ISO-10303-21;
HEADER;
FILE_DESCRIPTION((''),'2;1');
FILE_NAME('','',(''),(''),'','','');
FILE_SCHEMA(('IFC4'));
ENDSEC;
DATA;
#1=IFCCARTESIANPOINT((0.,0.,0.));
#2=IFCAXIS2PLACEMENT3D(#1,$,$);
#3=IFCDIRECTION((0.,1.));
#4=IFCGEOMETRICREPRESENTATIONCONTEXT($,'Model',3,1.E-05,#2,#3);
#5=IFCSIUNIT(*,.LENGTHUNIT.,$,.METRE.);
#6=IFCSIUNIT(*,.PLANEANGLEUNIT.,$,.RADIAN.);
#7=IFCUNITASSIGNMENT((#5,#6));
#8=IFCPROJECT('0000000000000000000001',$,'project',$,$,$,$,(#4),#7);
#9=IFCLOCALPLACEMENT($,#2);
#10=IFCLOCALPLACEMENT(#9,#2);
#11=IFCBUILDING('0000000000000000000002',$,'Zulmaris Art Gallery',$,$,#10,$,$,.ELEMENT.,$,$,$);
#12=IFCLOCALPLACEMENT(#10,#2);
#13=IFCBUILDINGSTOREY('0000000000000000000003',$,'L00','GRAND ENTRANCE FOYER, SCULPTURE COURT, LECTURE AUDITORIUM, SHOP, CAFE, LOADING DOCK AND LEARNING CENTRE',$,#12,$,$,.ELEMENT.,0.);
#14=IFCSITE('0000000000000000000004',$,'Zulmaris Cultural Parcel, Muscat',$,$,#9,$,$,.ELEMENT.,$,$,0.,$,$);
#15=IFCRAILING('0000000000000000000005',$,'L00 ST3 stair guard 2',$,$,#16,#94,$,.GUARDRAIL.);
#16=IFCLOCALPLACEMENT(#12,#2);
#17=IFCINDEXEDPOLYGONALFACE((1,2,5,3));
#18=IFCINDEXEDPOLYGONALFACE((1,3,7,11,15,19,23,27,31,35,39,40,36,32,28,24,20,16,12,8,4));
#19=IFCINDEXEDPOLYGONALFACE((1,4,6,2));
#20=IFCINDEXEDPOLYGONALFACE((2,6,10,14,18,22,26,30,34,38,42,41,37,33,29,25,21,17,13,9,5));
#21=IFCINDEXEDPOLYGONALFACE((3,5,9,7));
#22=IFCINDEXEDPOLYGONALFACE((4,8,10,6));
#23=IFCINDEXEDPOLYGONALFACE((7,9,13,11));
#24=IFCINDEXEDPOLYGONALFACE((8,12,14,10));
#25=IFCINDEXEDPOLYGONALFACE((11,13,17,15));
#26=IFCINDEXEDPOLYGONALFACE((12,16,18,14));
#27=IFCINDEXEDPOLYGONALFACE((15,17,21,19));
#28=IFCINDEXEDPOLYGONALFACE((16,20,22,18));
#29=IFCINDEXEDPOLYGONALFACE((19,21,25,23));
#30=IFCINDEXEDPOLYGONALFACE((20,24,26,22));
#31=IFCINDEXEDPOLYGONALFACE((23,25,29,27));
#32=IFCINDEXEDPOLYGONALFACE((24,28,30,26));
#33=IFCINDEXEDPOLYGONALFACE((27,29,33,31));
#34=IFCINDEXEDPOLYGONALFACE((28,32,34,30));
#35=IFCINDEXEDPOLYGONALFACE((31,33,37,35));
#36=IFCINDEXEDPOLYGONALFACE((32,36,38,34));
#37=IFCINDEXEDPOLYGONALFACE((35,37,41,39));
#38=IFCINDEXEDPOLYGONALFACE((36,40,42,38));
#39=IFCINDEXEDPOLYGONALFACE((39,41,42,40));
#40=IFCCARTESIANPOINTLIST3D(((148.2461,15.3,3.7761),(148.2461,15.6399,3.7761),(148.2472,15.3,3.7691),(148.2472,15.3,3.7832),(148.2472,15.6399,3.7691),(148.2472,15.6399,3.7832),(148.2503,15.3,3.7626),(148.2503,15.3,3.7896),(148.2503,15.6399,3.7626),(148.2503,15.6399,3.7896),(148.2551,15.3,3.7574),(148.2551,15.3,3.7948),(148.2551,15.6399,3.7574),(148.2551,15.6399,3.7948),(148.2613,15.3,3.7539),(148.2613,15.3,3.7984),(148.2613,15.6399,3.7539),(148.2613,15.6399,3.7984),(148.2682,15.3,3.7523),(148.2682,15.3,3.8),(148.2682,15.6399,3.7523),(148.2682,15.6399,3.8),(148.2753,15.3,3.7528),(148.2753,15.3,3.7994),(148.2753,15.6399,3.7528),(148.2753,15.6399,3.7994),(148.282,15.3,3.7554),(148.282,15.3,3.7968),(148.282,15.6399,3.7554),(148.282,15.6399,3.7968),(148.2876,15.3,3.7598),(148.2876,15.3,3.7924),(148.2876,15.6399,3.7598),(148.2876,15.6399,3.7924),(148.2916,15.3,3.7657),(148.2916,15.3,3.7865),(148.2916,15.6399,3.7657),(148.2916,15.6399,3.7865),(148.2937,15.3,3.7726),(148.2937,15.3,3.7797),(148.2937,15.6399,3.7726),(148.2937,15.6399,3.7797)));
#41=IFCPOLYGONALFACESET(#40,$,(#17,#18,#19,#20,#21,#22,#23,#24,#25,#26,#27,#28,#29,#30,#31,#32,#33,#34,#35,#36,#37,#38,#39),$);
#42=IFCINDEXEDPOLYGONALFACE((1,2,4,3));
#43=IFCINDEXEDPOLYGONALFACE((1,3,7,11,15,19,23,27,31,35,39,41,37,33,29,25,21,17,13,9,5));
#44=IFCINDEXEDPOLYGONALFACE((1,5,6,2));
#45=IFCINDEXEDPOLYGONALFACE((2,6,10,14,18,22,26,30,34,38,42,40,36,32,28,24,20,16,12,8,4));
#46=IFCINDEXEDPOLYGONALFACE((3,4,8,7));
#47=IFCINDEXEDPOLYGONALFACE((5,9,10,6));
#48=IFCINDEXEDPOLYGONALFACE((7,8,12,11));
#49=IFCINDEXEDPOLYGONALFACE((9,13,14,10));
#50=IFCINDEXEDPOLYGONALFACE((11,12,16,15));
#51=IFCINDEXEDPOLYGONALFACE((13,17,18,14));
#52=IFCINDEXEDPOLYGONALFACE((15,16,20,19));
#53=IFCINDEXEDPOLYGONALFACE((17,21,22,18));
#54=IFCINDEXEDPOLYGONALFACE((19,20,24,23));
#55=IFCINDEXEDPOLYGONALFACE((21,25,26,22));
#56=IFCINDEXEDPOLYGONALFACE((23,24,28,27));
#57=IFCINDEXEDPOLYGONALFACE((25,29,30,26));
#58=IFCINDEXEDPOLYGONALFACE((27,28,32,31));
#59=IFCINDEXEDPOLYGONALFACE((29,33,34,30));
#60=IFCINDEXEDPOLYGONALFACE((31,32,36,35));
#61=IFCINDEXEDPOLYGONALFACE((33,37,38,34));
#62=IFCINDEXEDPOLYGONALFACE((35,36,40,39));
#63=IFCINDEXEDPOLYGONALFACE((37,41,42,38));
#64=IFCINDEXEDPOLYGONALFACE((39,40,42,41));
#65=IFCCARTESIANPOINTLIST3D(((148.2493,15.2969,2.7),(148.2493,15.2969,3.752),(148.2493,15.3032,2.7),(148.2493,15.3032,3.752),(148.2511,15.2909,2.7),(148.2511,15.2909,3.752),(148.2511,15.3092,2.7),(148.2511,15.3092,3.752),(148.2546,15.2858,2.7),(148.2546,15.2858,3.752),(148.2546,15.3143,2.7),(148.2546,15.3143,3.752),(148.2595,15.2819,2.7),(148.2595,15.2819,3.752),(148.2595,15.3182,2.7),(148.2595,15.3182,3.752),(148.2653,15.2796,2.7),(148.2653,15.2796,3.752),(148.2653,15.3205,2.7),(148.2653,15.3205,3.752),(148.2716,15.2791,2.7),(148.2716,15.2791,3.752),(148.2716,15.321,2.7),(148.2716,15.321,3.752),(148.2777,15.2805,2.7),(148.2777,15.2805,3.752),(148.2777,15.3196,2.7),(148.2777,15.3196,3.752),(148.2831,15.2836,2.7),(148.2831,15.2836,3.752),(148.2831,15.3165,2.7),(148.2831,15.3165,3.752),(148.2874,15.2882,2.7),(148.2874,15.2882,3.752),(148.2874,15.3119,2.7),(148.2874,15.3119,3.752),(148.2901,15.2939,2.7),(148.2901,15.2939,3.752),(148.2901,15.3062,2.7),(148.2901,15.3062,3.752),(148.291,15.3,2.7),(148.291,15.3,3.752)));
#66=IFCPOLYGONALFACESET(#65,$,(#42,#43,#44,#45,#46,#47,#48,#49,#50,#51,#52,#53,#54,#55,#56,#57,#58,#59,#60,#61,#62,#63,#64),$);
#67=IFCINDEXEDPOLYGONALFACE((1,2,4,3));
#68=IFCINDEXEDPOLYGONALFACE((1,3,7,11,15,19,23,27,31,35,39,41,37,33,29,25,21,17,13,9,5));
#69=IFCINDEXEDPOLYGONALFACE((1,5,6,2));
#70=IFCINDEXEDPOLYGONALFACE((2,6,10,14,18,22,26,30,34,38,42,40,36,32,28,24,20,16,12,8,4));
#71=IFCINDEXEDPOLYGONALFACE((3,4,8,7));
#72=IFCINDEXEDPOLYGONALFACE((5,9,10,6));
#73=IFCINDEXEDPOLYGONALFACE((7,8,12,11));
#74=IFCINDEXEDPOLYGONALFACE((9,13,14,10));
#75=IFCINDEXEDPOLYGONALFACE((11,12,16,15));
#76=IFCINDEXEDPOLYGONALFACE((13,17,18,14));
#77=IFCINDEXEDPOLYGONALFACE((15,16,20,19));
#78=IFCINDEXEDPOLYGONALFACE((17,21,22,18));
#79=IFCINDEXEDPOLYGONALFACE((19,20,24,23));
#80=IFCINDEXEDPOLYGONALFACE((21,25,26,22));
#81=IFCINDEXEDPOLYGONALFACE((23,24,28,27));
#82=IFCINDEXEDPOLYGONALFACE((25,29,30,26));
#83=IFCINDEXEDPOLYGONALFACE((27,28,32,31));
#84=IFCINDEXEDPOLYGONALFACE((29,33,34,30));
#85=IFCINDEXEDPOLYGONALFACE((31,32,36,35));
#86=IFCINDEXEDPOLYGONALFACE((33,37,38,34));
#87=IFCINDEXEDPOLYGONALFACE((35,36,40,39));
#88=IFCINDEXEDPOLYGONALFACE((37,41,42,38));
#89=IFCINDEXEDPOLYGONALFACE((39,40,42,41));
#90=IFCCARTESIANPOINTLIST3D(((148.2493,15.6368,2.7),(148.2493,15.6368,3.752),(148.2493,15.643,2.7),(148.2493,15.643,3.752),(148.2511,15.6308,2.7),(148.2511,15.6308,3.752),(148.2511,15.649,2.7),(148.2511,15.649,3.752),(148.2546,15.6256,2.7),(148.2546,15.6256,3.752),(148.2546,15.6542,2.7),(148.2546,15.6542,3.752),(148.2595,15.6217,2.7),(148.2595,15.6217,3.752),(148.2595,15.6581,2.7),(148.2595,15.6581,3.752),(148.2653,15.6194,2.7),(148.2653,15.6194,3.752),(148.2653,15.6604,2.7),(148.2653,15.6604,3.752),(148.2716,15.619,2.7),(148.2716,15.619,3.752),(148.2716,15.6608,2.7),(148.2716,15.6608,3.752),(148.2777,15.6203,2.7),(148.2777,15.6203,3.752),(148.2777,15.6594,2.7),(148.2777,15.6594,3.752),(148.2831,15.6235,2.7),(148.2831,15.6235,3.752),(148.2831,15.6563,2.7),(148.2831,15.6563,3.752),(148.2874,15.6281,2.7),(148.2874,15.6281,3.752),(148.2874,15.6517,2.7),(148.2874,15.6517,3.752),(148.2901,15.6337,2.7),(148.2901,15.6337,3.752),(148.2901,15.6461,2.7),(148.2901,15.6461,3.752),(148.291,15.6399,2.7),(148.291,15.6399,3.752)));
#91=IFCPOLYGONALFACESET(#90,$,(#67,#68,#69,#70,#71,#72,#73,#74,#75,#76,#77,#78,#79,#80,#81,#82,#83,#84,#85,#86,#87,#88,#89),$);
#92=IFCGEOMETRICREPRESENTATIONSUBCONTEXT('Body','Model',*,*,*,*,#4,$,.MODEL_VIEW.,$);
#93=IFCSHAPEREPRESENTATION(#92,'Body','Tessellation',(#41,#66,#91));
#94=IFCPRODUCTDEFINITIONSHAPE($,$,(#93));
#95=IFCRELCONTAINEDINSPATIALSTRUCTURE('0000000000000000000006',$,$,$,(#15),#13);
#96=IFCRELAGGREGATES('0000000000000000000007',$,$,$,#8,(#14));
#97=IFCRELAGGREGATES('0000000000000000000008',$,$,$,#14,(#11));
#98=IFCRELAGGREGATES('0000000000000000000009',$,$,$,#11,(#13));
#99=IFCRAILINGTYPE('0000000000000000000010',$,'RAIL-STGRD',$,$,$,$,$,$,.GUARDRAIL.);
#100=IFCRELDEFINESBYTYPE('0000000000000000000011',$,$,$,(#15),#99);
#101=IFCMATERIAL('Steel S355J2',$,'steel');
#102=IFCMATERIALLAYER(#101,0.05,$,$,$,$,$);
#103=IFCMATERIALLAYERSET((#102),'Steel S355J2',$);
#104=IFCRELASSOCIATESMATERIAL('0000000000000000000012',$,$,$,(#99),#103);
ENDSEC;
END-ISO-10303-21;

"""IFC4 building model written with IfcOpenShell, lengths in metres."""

from ifc_helpers import new_model, si_unit, direction, frame, origin, origin_2d, place, context, subcontext, project, spatial, circle, extrude, material, layer, layer_set, type_object, element, save


model = new_model("IFC4")

# Units and contexts
model_context = context("Model", 3, precision=1e-05, world=origin(), true_north=direction((0.0, 1.0)))
body_context = subcontext(model_context, "Body", "Model", "MODEL_VIEW")
ifc_project = project(units=[si_unit("LENGTHUNIT", "METRE"), si_unit("PLANEANGLEUNIT", "RADIAN")], contexts=[model_context])

# Site, building, storey
site_placement = place(None, origin())
site = spatial("IfcSite", under=ifc_project, at=site_placement, Name="Zulmaris Cultural Parcel, Muscat", CompositionType="ELEMENT", RefElevation=0.0)
building_placement = place(site_placement, origin())
building = spatial("IfcBuilding", under=site, at=building_placement, Name="Zulmaris Art Gallery", CompositionType="ELEMENT")
storey_placement = place(building_placement, origin())
storey = spatial("IfcBuildingStorey", under=building, at=storey_placement, Name="L00", Description="GRAND ENTRANCE FOYER, SCULPTURE COURT, LECTURE AUDITORIUM, SHOP, CAFE, LOADING DOCK AND LEARNING CENTRE", CompositionType="ELEMENT", Elevation=0.0)

# Shared definitions
ifc_material_1 = material(Name="Steel S355J2", Category="steel")

# Railing
ifc_layer_1 = layer(ifc_material_1, 0.05)
ifc_layer_set_1 = layer_set([ifc_layer_1], Name="Steel S355J2")
railing_type_1 = type_object("IfcRailingType", Name="RAIL-STGRD", PredefinedType="GUARDRAIL", material=ifc_layer_set_1)
railing_1_placement = place(storey_placement, frame((148.27, 15.3, 2.7)))
element("IfcRailing", 1, at=railing_1_placement, inside=storey, type_object=railing_type_1, Name="L00 ST3 stair guard 2", PredefinedType="GUARDRAIL", context=body_context, shape_type="SweptSolid", body=[
    extrude(circle(Radius=0.0239, at=origin_2d()), frame((0.0, 0.0, 1.0762), z_axis=(0.0, 1.0, 0.0), x_axis=(-1.0, 0.0, 0.0)), (0.0, 0.0, 1.0), 0.3398),
    extrude(circle(Radius=0.021, at=origin_2d()), origin(), (0.0, 0.0, 1.0), 1.052),
    extrude(circle(Radius=0.021, at=origin_2d()), frame((0.0, 0.3398, 0.0)), (0.0, 0.0, 1.0), 1.052),
])

save(model, "model.ifc")
